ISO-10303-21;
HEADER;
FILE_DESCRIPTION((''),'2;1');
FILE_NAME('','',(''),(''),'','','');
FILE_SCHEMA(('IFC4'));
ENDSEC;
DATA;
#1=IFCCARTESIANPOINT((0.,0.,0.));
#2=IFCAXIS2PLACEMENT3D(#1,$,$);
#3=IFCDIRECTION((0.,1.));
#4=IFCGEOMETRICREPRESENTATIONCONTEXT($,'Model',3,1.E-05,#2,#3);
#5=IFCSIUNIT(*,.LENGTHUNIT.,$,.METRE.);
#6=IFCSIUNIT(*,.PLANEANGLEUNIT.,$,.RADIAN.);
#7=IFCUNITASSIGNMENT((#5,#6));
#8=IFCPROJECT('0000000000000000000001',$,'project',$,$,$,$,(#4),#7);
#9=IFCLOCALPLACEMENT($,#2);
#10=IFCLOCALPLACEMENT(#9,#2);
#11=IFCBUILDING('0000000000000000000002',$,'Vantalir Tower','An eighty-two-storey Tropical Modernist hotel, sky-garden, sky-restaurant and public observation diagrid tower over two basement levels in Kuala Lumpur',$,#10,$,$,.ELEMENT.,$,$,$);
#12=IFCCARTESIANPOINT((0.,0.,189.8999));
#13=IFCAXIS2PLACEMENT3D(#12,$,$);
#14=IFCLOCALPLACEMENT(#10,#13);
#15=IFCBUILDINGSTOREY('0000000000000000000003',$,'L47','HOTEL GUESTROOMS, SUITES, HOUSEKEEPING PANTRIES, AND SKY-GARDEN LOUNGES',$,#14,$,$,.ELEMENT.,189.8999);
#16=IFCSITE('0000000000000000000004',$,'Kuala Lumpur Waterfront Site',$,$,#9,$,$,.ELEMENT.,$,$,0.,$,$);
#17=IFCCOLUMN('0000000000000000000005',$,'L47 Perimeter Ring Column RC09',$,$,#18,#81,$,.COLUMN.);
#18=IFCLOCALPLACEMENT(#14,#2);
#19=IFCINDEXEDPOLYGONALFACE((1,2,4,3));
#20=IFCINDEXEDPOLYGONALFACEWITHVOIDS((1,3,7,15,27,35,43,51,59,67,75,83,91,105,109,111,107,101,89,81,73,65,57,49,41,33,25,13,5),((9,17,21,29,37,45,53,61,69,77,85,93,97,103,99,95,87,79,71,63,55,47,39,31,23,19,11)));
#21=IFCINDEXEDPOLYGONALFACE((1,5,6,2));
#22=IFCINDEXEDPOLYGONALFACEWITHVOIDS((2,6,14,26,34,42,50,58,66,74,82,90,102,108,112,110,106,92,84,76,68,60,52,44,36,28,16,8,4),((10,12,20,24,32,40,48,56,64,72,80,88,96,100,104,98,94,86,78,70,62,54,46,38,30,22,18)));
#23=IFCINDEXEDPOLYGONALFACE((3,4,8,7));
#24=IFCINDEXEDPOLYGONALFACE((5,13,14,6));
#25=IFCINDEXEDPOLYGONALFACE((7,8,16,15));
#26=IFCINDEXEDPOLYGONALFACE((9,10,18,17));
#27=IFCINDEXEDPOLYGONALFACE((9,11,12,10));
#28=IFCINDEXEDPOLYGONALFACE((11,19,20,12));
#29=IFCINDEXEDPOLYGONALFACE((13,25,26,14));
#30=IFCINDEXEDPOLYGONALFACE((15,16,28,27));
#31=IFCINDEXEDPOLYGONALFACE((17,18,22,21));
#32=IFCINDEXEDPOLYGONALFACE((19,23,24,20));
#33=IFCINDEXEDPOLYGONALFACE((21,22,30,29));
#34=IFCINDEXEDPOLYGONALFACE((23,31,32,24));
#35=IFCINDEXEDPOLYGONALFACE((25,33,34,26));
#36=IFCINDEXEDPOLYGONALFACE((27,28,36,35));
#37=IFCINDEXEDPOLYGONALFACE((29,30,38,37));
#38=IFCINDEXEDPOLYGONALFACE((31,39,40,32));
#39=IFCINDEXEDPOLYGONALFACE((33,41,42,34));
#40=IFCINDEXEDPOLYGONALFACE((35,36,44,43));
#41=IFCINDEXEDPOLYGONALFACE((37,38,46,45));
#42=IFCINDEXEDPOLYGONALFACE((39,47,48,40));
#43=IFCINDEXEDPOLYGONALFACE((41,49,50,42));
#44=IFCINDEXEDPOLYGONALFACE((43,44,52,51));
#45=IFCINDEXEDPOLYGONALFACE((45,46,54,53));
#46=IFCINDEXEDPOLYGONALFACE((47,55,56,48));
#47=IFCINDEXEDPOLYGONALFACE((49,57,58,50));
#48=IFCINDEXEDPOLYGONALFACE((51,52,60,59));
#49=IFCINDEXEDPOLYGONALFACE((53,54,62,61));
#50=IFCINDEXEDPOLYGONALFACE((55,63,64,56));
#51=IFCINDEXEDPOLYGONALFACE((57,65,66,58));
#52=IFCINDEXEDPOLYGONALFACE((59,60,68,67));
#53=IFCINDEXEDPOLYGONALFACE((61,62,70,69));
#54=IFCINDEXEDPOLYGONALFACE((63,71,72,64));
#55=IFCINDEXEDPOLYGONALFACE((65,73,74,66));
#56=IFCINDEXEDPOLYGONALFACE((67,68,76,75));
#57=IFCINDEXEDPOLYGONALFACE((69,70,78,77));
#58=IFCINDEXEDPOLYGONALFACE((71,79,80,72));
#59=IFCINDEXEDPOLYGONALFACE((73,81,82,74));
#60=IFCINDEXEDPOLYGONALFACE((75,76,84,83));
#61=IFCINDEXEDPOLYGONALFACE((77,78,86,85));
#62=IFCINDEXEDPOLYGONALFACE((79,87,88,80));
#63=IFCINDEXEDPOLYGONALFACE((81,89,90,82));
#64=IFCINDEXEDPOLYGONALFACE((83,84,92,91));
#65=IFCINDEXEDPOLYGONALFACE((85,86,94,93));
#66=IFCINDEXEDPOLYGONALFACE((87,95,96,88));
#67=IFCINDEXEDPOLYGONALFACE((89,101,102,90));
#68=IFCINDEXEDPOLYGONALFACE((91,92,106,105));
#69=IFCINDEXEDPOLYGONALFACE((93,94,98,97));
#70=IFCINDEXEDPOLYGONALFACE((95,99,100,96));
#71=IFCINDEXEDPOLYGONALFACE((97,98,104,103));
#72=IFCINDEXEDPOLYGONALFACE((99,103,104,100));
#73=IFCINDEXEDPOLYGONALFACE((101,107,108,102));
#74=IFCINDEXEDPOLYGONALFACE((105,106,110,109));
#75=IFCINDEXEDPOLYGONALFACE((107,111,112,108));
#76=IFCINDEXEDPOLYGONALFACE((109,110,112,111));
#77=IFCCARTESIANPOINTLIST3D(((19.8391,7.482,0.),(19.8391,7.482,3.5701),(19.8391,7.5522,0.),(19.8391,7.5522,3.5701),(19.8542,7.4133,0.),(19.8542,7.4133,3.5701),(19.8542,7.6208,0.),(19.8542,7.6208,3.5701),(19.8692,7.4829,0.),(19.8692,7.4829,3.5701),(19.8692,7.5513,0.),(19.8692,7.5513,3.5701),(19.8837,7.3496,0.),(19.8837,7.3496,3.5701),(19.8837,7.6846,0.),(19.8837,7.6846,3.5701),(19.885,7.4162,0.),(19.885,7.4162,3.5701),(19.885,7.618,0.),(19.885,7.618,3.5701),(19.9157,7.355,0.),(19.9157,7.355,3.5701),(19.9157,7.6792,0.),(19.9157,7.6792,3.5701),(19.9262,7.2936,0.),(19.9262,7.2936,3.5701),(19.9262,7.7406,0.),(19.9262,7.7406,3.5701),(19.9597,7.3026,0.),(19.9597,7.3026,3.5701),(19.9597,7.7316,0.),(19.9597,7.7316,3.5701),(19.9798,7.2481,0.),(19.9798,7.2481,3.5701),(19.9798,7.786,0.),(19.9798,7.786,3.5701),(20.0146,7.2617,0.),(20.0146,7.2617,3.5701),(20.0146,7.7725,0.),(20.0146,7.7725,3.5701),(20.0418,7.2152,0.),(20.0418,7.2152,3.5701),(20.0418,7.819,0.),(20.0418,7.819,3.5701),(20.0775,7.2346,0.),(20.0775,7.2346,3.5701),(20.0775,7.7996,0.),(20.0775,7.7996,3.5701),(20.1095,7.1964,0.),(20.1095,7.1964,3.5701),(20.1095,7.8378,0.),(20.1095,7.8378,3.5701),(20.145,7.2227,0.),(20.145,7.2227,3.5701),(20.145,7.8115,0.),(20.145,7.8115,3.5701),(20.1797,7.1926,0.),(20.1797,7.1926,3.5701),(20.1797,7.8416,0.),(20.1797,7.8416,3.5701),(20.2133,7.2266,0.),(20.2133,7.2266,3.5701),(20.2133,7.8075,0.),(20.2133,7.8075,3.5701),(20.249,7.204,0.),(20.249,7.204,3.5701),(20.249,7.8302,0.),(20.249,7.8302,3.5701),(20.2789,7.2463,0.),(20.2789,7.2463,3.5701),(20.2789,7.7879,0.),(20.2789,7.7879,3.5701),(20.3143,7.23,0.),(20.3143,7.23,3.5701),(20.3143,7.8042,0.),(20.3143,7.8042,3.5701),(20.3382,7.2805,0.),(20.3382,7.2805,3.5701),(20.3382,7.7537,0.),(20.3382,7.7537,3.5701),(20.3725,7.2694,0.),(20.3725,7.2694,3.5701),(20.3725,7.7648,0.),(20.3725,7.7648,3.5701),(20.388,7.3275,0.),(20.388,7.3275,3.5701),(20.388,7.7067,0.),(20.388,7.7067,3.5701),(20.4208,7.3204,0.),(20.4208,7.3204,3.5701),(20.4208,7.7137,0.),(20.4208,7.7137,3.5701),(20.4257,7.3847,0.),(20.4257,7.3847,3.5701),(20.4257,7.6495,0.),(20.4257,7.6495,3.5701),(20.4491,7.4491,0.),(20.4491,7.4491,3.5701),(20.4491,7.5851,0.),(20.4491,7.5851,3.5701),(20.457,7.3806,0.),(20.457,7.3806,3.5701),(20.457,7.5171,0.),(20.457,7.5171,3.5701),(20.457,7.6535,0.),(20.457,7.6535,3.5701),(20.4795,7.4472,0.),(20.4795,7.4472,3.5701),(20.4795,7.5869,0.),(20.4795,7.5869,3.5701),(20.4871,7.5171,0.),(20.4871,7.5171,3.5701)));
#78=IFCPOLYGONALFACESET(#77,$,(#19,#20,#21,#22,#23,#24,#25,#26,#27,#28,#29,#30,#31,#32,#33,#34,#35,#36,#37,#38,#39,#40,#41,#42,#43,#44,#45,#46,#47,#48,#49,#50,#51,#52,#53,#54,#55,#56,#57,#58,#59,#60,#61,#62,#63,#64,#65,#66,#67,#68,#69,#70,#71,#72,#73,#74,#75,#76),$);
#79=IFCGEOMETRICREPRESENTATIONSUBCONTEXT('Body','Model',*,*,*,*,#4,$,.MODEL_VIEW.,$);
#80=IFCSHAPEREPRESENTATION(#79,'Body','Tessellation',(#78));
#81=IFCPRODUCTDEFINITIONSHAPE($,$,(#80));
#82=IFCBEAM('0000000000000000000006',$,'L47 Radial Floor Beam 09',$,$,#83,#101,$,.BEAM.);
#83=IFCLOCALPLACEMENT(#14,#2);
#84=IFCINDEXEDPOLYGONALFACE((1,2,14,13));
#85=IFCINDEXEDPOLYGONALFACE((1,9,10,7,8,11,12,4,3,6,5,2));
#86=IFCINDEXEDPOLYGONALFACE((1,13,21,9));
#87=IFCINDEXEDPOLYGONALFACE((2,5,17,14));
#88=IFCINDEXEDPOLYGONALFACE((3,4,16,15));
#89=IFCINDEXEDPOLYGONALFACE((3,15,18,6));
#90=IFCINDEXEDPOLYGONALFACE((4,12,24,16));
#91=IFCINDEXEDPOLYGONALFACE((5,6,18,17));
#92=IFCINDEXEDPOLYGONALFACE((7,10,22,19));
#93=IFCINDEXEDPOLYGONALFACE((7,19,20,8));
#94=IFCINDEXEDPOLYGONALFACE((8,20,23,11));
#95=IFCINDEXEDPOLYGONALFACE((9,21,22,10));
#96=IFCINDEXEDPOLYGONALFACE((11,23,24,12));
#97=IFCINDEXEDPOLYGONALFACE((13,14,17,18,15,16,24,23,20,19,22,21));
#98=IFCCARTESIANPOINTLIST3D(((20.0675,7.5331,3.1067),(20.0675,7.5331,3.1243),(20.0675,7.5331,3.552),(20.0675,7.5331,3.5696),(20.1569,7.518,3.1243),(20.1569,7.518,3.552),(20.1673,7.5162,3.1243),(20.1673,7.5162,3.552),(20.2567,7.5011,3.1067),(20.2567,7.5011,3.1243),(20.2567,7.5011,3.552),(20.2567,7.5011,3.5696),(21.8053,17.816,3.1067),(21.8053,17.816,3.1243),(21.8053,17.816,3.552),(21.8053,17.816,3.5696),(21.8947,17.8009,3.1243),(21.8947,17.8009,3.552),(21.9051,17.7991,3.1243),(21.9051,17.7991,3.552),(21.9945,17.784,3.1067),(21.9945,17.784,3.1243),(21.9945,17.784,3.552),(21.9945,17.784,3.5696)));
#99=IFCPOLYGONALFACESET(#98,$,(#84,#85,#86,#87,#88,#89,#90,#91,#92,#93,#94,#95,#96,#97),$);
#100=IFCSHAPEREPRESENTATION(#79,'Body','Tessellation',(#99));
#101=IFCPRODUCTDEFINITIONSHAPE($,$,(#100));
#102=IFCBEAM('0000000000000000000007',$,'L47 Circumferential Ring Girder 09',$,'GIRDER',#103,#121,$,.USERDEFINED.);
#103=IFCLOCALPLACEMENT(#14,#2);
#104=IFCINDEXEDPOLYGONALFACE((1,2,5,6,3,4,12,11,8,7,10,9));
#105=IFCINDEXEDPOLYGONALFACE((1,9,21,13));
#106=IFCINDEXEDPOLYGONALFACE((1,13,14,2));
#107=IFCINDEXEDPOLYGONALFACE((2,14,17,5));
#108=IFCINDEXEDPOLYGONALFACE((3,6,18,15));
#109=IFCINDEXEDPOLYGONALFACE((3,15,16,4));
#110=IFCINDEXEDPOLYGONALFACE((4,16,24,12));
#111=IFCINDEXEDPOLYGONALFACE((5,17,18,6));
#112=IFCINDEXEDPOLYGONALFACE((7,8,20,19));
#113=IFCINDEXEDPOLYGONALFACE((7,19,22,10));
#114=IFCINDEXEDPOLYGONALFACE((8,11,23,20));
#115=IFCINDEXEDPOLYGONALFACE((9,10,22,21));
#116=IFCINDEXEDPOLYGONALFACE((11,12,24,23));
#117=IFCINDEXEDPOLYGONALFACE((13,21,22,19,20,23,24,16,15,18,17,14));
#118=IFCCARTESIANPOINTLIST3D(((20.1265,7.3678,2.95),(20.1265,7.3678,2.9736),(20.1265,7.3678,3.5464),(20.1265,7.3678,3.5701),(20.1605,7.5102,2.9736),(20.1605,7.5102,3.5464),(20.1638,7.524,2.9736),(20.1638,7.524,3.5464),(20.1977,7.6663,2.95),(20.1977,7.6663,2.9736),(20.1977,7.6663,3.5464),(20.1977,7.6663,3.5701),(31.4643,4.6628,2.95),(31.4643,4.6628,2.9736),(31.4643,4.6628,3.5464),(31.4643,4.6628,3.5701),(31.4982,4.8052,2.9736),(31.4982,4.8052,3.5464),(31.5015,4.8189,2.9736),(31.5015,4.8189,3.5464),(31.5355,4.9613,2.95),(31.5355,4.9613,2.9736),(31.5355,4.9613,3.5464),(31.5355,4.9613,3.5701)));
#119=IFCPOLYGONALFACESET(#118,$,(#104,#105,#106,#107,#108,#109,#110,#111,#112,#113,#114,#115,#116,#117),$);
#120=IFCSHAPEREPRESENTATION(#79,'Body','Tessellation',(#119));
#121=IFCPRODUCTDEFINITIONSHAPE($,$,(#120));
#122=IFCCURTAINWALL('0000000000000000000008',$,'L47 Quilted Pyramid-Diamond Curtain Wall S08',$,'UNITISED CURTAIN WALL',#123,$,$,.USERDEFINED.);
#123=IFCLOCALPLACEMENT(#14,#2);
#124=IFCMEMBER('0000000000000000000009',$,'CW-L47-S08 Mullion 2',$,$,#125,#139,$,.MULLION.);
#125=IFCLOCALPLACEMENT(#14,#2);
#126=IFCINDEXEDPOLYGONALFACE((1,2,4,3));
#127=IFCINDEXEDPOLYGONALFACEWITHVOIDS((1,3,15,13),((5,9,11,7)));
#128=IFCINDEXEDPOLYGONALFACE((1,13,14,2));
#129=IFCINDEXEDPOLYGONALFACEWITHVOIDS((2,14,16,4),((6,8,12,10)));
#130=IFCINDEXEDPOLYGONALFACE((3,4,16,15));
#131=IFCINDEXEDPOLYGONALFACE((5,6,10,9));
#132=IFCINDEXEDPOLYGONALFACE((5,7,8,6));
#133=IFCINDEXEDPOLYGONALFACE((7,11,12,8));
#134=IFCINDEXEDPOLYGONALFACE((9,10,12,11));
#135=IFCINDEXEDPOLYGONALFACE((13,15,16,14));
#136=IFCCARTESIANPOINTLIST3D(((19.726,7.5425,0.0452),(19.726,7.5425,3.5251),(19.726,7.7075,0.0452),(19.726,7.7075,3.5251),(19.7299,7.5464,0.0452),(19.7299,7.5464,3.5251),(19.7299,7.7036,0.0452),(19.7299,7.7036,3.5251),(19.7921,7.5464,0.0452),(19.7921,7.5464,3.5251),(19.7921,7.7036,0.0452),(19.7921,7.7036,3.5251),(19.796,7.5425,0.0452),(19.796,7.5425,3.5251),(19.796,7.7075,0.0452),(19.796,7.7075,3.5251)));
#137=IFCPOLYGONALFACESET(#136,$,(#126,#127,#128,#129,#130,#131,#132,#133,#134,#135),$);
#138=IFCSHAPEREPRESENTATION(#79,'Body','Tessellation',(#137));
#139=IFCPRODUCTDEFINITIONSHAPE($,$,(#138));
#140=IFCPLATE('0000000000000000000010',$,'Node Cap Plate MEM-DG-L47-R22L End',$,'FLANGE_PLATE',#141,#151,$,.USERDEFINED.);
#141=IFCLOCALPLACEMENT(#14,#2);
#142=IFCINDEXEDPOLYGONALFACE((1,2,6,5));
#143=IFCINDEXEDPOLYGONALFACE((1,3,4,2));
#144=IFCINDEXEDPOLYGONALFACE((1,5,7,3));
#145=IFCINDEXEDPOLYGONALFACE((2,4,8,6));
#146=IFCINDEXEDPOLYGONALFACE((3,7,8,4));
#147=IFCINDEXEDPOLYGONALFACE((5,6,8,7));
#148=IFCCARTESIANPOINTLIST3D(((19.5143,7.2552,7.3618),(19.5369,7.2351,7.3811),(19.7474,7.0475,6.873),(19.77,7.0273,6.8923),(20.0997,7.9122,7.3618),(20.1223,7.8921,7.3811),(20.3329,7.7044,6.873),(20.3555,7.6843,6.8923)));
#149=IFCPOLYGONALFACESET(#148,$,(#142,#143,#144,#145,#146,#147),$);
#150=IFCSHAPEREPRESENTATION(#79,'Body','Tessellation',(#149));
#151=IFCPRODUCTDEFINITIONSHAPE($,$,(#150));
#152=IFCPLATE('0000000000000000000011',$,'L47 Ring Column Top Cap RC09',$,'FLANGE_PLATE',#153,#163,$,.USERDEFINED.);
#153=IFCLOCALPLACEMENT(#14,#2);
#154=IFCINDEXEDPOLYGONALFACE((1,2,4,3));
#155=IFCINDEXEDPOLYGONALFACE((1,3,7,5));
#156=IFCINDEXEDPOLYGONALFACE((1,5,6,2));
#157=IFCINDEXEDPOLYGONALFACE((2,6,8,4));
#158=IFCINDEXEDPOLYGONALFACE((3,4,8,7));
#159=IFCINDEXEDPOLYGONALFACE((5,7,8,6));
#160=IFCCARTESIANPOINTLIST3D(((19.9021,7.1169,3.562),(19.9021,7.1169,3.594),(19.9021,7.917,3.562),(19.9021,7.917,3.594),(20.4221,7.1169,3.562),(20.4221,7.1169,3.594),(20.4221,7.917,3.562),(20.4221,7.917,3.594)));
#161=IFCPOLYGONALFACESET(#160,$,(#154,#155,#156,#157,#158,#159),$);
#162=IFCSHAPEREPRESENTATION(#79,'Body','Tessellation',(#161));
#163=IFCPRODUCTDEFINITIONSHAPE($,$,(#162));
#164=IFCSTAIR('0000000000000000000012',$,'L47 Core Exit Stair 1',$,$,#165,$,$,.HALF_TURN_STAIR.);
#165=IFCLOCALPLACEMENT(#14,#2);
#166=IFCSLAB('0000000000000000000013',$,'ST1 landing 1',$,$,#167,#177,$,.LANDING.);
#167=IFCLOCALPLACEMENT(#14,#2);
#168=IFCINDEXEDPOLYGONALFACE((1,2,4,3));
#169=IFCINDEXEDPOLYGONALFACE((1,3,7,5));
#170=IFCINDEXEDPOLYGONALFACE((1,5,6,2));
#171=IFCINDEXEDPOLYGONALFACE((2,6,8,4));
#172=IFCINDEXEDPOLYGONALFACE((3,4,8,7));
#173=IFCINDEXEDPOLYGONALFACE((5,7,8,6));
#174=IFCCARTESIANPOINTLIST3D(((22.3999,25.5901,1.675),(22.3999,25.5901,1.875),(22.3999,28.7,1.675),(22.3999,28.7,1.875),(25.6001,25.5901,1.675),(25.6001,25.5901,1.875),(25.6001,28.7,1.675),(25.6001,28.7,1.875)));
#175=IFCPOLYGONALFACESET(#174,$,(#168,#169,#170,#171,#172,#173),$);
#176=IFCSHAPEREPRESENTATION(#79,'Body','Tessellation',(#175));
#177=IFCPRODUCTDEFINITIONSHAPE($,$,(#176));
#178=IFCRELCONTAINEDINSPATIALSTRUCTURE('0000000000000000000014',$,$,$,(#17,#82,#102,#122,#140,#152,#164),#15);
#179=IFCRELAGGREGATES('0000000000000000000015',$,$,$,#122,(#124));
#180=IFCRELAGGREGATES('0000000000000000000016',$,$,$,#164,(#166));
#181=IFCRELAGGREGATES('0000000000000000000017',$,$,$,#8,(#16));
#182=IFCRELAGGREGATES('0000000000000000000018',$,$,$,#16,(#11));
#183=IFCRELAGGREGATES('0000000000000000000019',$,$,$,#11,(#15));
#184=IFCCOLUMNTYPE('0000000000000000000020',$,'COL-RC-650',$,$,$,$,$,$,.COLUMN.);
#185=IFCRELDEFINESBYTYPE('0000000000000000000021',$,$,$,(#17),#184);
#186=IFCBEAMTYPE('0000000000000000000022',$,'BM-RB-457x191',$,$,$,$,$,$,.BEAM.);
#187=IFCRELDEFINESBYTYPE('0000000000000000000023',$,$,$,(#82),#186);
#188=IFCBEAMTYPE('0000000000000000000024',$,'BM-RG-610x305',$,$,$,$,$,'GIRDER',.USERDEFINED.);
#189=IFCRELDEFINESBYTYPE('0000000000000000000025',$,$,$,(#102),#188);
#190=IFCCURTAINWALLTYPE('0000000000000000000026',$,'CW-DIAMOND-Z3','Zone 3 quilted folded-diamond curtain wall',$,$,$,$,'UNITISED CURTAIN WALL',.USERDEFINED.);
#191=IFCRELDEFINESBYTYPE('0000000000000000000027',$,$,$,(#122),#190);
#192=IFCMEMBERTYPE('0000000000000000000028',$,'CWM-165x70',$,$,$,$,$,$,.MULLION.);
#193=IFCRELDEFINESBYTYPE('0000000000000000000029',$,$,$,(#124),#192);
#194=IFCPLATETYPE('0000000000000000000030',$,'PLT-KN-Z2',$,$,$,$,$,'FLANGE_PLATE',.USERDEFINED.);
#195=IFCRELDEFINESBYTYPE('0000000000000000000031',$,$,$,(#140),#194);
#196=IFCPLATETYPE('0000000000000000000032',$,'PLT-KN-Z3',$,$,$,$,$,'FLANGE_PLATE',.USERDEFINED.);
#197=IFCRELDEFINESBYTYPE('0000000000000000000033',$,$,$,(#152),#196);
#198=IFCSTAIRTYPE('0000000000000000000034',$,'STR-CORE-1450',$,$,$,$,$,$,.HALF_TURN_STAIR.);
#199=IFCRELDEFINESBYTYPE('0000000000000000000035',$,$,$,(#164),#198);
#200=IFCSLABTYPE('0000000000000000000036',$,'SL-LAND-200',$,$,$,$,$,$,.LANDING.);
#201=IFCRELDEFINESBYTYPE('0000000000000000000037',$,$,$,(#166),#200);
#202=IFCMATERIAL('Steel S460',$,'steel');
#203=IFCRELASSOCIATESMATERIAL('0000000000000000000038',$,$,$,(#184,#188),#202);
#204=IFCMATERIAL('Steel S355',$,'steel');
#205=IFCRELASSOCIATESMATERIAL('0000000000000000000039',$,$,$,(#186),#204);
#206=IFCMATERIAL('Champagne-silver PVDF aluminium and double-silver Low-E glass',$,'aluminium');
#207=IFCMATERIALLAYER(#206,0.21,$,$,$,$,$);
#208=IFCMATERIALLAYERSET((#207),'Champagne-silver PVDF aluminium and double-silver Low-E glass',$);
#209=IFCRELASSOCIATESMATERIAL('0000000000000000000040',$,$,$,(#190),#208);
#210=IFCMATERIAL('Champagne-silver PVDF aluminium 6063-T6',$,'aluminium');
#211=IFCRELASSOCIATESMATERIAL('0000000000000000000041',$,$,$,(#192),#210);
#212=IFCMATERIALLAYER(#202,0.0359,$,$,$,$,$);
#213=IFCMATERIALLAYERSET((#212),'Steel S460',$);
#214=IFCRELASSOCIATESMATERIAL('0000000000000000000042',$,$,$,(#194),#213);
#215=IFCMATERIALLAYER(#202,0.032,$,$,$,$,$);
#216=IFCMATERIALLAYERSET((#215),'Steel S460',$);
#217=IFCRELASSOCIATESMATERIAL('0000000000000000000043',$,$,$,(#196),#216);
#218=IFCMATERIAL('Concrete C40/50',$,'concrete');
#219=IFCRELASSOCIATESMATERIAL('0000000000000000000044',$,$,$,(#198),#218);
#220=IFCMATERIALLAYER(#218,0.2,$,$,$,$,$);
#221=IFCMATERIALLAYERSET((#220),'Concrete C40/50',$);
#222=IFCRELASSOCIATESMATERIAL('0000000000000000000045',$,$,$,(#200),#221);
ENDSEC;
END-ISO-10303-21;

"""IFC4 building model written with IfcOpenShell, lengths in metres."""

from ifc_helpers import new_model, si_unit, direction, frame, origin, origin_2d, place, context, subcontext, project, spatial, polyline, hollow_rectangle, hollow_circle, i_section, outline, extrude, material, layer, layer_set, material_profile, profile_set, type_object, element, aggregate, save


model = new_model("IFC4")

# Units and contexts
model_context = context("Model", 3, precision=1e-05, world=origin(), true_north=direction((0.0, 1.0)))
body_context = subcontext(model_context, "Body", "Model", "MODEL_VIEW")
ifc_project = project(units=[si_unit("LENGTHUNIT", "METRE"), si_unit("PLANEANGLEUNIT", "RADIAN")], contexts=[model_context])

# Site, building, storey
site_placement = place(None, origin())
site = spatial("IfcSite", under=ifc_project, at=site_placement, Name="Kuala Lumpur Waterfront Site", CompositionType="ELEMENT", RefElevation=0.0)
building_placement = place(site_placement, origin())
building = spatial("IfcBuilding", under=site, at=building_placement, Name="Vantalir Tower", Description="An eighty-two-storey Tropical Modernist hotel, sky-garden, sky-restaurant and public observation diagrid tower over two basement levels in Kuala Lumpur", CompositionType="ELEMENT")
storey_placement = place(building_placement, frame((0.0, 0.0, 189.8999)))
storey = spatial("IfcBuildingStorey", under=building, at=storey_placement, Name="L47", Description="HOTEL GUESTROOMS, SUITES, HOUSEKEEPING PANTRIES, AND SKY-GARDEN LOUNGES", CompositionType="ELEMENT", Elevation=189.8999)

# Column
ifc_material_1 = material(Name="Steel S460", Category="steel")
ifc_material_profile_1 = material_profile(ifc_material_1, hollow_circle(Radius=0.325, WallThickness=0.03, at=origin_2d()), Name="Steel S460")
ifc_profile_set_1 = profile_set([ifc_material_profile_1], Name="Steel S460")
column_type = type_object("IfcColumnType", Name="COL-RC-650", PredefinedType="COLUMN", material=ifc_profile_set_1)
column_placement = place(storey_placement, frame((20.1621, 7.5171, 0.0), z_axis=(0.0, 0.0, 1.0), x_axis=(1.0, 0.0, 0.0)))
element("IfcColumn", 1, at=column_placement, inside=storey, type_object=column_type, Name="L47 Perimeter Ring Column RC09", PredefinedType="COLUMN", context=body_context, shape_type="SweptSolid", body=[
    extrude(hollow_circle(Radius=0.325, WallThickness=0.03, at=origin_2d()), origin(), (0.0, 0.0, 1.0), 3.5701),
])

# Beams
ifc_material_2 = material(Name="Steel S355", Category="steel")
ifc_material_profile_2 = material_profile(ifc_material_2, i_section(OverallWidth=0.1919, OverallDepth=0.4629, WebThickness=0.0105, FlangeThickness=0.0176, at=origin_2d()), Name="Steel S355")
ifc_profile_set_2 = profile_set([ifc_material_profile_2], Name="Steel S355")
beam_type_1 = type_object("IfcBeamType", Name="BM-RB-457x191", PredefinedType="BEAM", material=ifc_profile_set_2)
beam_1_placement = place(storey_placement, frame((20.1621, 7.5171, 3.3381), z_axis=(0.166635, 0.986019, 0.0), x_axis=(-0.986019, 0.166635, 0.0)))
element("IfcBeam", 2, at=beam_1_placement, inside=storey, type_object=beam_type_1, Name="L47 Radial Floor Beam 09", PredefinedType="BEAM", context=body_context, shape_type="SweptSolid", body=[
    extrude(i_section(OverallWidth=0.1919, OverallDepth=0.4629, WebThickness=0.0105, FlangeThickness=0.0176, at=origin_2d()), origin(), (0.0, 0.0, 1.0), 10.4287),
])
ifc_material_profile_3 = material_profile(ifc_material_1, i_section(OverallWidth=0.3069, OverallDepth=0.6201, WebThickness=0.0142, FlangeThickness=0.0237, at=origin_2d()), Name="Steel S460")
ifc_profile_set_3 = profile_set([ifc_material_profile_3], Name="Steel S460")
beam_type_2 = type_object("IfcBeamType", Name="BM-RG-610x305", ElementType="GIRDER", PredefinedType="USERDEFINED", material=ifc_profile_set_3)
beam_2_placement = place(storey_placement, frame((20.1621, 7.5171, 3.26), z_axis=(0.972698, -0.232074, 0.0), x_axis=(0.232074, 0.972698, 0.0)))
element("IfcBeam", 3, at=beam_2_placement, inside=storey, type_object=beam_type_2, Name="L47 Circumferential Ring Girder 09", ObjectType="GIRDER", PredefinedType="USERDEFINED", context=body_context, shape_type="SweptSolid", body=[
    extrude(i_section(OverallWidth=0.3069, OverallDepth=0.6201, WebThickness=0.0142, FlangeThickness=0.0237, at=origin_2d()), origin(), (0.0, 0.0, 1.0), 11.656),
])

# Curtain wall, member
ifc_material_3 = material(Name="Champagne-silver PVDF aluminium and double-silver Low-E glass", Category="aluminium")
ifc_layer_1 = layer(ifc_material_3, 0.21)
ifc_layer_set_1 = layer_set([ifc_layer_1], Name="Champagne-silver PVDF aluminium and double-silver Low-E glass")
curtain_wall_type = type_object("IfcCurtainWallType", Name="CW-DIAMOND-Z3", Description="Zone 3 quilted folded-diamond curtain wall", ElementType="UNITISED CURTAIN WALL", PredefinedType="USERDEFINED", material=ifc_layer_set_1)
curtain_wall_placement = place(storey_placement, origin())
curtain_wall = element("IfcCurtainWall", 4, at=curtain_wall_placement, inside=storey, type_object=curtain_wall_type, Name="L47 Quilted Pyramid-Diamond Curtain Wall S08", ObjectType="UNITISED CURTAIN WALL", PredefinedType="USERDEFINED")
ifc_material_4 = material(Name="Champagne-silver PVDF aluminium 6063-T6", Category="aluminium")
ifc_material_profile_4 = material_profile(ifc_material_4, hollow_rectangle(XDim=0.0701, YDim=0.165, WallThickness=0.0039, at=origin_2d()), Name="Champagne-silver PVDF aluminium 6063-T6")
ifc_profile_set_4 = profile_set([ifc_material_profile_4], Name="Champagne-silver PVDF aluminium 6063-T6")
member_type = type_object("IfcMemberType", Name="CWM-165x70", PredefinedType="MULLION", material=ifc_profile_set_4)
member_placement = place(storey_placement, frame((19.761, 7.625, 0.0452), z_axis=(0.0, 0.0, 1.0), x_axis=(1.0, 0.0, 0.0)))
member = element("IfcMember", 5, at=member_placement, type_object=member_type, Name="CW-L47-S08 Mullion 2", PredefinedType="MULLION", context=body_context, shape_type="SweptSolid", body=[
    extrude(hollow_rectangle(XDim=0.0701, YDim=0.165, WallThickness=0.0039, at=origin_2d()), origin(), (0.0, 0.0, 1.0), 3.48),
])
aggregate(curtain_wall, [member])

# Plates
ifc_layer_2 = layer(ifc_material_1, 0.0359)
ifc_layer_set_2 = layer_set([ifc_layer_2], Name="Steel S460")
plate_type_1 = type_object("IfcPlateType", Name="PLT-KN-Z2", ElementType="FLANGE_PLATE", PredefinedType="USERDEFINED", material=ifc_layer_set_2)
plate_1_placement = place(storey_placement, frame((19.77, 7.0273, 6.8923), z_axis=(0.629128, -0.560628, 0.538418), x_axis=(0.665293, 0.746582, 0.0)))
element("IfcPlate", 6, at=plate_1_placement, inside=storey, type_object=plate_type_1, Name="Node Cap Plate MEM-DG-L47-R22L End", ObjectType="FLANGE_PLATE", PredefinedType="USERDEFINED", context=body_context, shape_type="SweptSolid", body=[
    extrude(outline(polyline([(0.0, 0.0), (0.88, 0.0), (0.88, 0.58), (0.0, 0.58), (0.0, 0.0)])), origin(), (0.0, 0.0, -1.0), 0.0359),
])
ifc_layer_3 = layer(ifc_material_1, 0.032)
ifc_layer_set_3 = layer_set([ifc_layer_3], Name="Steel S460")
plate_type_2 = type_object("IfcPlateType", Name="PLT-KN-Z3", ElementType="FLANGE_PLATE", PredefinedType="USERDEFINED", material=ifc_layer_set_3)
plate_2_placement = place(storey_placement, frame((19.9021, 7.917, 3.594), z_axis=(0.0, 0.0, 1.0), x_axis=(0.0, -1.0, 0.0)))
element("IfcPlate", 7, at=plate_2_placement, inside=storey, type_object=plate_type_2, Name="L47 Ring Column Top Cap RC09", ObjectType="FLANGE_PLATE", PredefinedType="USERDEFINED", context=body_context, shape_type="SweptSolid", body=[
    extrude(outline(polyline([(0.0, 0.0), (0.8, 0.0), (0.8, 0.52), (0.0, 0.52), (0.0, 0.0)])), origin(), (0.0, 0.0, -1.0), 0.032),
])

# Stair, slab
ifc_material_5 = material(Name="Concrete C40/50", Category="concrete")
stair_type = type_object("IfcStairType", Name="STR-CORE-1450", PredefinedType="HALF_TURN_STAIR", material=ifc_material_5)
stair_1_placement = place(storey_placement, origin())
stair_1 = element("IfcStair", 8, at=stair_1_placement, inside=storey, type_object=stair_type, Name="L47 Core Exit Stair 1", PredefinedType="HALF_TURN_STAIR")
ifc_layer_4 = layer(ifc_material_5, 0.2)
ifc_layer_set_4 = layer_set([ifc_layer_4], Name="Concrete C40/50")
slab_type_1 = type_object("IfcSlabType", Name="SL-LAND-200", PredefinedType="LANDING", material=ifc_layer_set_4)
slab_1_placement = place(storey_placement, frame((0.0, 0.0, 1.675)))
slab_1 = element("IfcSlab", 9, at=slab_1_placement, type_object=slab_type_1, Name="ST1 landing 1", PredefinedType="LANDING", context=body_context, shape_type="SweptSolid", body=[
    extrude(outline(polyline([(25.6001, 25.5901), (25.6001, 28.7), (22.3999, 28.7), (22.3999, 25.5901), (25.6001, 25.5901)])), origin(), (0.0, 0.0, 1.0), 0.2),
])
aggregate(stair_1, [slab_1])

save(model, "model.ifc")
